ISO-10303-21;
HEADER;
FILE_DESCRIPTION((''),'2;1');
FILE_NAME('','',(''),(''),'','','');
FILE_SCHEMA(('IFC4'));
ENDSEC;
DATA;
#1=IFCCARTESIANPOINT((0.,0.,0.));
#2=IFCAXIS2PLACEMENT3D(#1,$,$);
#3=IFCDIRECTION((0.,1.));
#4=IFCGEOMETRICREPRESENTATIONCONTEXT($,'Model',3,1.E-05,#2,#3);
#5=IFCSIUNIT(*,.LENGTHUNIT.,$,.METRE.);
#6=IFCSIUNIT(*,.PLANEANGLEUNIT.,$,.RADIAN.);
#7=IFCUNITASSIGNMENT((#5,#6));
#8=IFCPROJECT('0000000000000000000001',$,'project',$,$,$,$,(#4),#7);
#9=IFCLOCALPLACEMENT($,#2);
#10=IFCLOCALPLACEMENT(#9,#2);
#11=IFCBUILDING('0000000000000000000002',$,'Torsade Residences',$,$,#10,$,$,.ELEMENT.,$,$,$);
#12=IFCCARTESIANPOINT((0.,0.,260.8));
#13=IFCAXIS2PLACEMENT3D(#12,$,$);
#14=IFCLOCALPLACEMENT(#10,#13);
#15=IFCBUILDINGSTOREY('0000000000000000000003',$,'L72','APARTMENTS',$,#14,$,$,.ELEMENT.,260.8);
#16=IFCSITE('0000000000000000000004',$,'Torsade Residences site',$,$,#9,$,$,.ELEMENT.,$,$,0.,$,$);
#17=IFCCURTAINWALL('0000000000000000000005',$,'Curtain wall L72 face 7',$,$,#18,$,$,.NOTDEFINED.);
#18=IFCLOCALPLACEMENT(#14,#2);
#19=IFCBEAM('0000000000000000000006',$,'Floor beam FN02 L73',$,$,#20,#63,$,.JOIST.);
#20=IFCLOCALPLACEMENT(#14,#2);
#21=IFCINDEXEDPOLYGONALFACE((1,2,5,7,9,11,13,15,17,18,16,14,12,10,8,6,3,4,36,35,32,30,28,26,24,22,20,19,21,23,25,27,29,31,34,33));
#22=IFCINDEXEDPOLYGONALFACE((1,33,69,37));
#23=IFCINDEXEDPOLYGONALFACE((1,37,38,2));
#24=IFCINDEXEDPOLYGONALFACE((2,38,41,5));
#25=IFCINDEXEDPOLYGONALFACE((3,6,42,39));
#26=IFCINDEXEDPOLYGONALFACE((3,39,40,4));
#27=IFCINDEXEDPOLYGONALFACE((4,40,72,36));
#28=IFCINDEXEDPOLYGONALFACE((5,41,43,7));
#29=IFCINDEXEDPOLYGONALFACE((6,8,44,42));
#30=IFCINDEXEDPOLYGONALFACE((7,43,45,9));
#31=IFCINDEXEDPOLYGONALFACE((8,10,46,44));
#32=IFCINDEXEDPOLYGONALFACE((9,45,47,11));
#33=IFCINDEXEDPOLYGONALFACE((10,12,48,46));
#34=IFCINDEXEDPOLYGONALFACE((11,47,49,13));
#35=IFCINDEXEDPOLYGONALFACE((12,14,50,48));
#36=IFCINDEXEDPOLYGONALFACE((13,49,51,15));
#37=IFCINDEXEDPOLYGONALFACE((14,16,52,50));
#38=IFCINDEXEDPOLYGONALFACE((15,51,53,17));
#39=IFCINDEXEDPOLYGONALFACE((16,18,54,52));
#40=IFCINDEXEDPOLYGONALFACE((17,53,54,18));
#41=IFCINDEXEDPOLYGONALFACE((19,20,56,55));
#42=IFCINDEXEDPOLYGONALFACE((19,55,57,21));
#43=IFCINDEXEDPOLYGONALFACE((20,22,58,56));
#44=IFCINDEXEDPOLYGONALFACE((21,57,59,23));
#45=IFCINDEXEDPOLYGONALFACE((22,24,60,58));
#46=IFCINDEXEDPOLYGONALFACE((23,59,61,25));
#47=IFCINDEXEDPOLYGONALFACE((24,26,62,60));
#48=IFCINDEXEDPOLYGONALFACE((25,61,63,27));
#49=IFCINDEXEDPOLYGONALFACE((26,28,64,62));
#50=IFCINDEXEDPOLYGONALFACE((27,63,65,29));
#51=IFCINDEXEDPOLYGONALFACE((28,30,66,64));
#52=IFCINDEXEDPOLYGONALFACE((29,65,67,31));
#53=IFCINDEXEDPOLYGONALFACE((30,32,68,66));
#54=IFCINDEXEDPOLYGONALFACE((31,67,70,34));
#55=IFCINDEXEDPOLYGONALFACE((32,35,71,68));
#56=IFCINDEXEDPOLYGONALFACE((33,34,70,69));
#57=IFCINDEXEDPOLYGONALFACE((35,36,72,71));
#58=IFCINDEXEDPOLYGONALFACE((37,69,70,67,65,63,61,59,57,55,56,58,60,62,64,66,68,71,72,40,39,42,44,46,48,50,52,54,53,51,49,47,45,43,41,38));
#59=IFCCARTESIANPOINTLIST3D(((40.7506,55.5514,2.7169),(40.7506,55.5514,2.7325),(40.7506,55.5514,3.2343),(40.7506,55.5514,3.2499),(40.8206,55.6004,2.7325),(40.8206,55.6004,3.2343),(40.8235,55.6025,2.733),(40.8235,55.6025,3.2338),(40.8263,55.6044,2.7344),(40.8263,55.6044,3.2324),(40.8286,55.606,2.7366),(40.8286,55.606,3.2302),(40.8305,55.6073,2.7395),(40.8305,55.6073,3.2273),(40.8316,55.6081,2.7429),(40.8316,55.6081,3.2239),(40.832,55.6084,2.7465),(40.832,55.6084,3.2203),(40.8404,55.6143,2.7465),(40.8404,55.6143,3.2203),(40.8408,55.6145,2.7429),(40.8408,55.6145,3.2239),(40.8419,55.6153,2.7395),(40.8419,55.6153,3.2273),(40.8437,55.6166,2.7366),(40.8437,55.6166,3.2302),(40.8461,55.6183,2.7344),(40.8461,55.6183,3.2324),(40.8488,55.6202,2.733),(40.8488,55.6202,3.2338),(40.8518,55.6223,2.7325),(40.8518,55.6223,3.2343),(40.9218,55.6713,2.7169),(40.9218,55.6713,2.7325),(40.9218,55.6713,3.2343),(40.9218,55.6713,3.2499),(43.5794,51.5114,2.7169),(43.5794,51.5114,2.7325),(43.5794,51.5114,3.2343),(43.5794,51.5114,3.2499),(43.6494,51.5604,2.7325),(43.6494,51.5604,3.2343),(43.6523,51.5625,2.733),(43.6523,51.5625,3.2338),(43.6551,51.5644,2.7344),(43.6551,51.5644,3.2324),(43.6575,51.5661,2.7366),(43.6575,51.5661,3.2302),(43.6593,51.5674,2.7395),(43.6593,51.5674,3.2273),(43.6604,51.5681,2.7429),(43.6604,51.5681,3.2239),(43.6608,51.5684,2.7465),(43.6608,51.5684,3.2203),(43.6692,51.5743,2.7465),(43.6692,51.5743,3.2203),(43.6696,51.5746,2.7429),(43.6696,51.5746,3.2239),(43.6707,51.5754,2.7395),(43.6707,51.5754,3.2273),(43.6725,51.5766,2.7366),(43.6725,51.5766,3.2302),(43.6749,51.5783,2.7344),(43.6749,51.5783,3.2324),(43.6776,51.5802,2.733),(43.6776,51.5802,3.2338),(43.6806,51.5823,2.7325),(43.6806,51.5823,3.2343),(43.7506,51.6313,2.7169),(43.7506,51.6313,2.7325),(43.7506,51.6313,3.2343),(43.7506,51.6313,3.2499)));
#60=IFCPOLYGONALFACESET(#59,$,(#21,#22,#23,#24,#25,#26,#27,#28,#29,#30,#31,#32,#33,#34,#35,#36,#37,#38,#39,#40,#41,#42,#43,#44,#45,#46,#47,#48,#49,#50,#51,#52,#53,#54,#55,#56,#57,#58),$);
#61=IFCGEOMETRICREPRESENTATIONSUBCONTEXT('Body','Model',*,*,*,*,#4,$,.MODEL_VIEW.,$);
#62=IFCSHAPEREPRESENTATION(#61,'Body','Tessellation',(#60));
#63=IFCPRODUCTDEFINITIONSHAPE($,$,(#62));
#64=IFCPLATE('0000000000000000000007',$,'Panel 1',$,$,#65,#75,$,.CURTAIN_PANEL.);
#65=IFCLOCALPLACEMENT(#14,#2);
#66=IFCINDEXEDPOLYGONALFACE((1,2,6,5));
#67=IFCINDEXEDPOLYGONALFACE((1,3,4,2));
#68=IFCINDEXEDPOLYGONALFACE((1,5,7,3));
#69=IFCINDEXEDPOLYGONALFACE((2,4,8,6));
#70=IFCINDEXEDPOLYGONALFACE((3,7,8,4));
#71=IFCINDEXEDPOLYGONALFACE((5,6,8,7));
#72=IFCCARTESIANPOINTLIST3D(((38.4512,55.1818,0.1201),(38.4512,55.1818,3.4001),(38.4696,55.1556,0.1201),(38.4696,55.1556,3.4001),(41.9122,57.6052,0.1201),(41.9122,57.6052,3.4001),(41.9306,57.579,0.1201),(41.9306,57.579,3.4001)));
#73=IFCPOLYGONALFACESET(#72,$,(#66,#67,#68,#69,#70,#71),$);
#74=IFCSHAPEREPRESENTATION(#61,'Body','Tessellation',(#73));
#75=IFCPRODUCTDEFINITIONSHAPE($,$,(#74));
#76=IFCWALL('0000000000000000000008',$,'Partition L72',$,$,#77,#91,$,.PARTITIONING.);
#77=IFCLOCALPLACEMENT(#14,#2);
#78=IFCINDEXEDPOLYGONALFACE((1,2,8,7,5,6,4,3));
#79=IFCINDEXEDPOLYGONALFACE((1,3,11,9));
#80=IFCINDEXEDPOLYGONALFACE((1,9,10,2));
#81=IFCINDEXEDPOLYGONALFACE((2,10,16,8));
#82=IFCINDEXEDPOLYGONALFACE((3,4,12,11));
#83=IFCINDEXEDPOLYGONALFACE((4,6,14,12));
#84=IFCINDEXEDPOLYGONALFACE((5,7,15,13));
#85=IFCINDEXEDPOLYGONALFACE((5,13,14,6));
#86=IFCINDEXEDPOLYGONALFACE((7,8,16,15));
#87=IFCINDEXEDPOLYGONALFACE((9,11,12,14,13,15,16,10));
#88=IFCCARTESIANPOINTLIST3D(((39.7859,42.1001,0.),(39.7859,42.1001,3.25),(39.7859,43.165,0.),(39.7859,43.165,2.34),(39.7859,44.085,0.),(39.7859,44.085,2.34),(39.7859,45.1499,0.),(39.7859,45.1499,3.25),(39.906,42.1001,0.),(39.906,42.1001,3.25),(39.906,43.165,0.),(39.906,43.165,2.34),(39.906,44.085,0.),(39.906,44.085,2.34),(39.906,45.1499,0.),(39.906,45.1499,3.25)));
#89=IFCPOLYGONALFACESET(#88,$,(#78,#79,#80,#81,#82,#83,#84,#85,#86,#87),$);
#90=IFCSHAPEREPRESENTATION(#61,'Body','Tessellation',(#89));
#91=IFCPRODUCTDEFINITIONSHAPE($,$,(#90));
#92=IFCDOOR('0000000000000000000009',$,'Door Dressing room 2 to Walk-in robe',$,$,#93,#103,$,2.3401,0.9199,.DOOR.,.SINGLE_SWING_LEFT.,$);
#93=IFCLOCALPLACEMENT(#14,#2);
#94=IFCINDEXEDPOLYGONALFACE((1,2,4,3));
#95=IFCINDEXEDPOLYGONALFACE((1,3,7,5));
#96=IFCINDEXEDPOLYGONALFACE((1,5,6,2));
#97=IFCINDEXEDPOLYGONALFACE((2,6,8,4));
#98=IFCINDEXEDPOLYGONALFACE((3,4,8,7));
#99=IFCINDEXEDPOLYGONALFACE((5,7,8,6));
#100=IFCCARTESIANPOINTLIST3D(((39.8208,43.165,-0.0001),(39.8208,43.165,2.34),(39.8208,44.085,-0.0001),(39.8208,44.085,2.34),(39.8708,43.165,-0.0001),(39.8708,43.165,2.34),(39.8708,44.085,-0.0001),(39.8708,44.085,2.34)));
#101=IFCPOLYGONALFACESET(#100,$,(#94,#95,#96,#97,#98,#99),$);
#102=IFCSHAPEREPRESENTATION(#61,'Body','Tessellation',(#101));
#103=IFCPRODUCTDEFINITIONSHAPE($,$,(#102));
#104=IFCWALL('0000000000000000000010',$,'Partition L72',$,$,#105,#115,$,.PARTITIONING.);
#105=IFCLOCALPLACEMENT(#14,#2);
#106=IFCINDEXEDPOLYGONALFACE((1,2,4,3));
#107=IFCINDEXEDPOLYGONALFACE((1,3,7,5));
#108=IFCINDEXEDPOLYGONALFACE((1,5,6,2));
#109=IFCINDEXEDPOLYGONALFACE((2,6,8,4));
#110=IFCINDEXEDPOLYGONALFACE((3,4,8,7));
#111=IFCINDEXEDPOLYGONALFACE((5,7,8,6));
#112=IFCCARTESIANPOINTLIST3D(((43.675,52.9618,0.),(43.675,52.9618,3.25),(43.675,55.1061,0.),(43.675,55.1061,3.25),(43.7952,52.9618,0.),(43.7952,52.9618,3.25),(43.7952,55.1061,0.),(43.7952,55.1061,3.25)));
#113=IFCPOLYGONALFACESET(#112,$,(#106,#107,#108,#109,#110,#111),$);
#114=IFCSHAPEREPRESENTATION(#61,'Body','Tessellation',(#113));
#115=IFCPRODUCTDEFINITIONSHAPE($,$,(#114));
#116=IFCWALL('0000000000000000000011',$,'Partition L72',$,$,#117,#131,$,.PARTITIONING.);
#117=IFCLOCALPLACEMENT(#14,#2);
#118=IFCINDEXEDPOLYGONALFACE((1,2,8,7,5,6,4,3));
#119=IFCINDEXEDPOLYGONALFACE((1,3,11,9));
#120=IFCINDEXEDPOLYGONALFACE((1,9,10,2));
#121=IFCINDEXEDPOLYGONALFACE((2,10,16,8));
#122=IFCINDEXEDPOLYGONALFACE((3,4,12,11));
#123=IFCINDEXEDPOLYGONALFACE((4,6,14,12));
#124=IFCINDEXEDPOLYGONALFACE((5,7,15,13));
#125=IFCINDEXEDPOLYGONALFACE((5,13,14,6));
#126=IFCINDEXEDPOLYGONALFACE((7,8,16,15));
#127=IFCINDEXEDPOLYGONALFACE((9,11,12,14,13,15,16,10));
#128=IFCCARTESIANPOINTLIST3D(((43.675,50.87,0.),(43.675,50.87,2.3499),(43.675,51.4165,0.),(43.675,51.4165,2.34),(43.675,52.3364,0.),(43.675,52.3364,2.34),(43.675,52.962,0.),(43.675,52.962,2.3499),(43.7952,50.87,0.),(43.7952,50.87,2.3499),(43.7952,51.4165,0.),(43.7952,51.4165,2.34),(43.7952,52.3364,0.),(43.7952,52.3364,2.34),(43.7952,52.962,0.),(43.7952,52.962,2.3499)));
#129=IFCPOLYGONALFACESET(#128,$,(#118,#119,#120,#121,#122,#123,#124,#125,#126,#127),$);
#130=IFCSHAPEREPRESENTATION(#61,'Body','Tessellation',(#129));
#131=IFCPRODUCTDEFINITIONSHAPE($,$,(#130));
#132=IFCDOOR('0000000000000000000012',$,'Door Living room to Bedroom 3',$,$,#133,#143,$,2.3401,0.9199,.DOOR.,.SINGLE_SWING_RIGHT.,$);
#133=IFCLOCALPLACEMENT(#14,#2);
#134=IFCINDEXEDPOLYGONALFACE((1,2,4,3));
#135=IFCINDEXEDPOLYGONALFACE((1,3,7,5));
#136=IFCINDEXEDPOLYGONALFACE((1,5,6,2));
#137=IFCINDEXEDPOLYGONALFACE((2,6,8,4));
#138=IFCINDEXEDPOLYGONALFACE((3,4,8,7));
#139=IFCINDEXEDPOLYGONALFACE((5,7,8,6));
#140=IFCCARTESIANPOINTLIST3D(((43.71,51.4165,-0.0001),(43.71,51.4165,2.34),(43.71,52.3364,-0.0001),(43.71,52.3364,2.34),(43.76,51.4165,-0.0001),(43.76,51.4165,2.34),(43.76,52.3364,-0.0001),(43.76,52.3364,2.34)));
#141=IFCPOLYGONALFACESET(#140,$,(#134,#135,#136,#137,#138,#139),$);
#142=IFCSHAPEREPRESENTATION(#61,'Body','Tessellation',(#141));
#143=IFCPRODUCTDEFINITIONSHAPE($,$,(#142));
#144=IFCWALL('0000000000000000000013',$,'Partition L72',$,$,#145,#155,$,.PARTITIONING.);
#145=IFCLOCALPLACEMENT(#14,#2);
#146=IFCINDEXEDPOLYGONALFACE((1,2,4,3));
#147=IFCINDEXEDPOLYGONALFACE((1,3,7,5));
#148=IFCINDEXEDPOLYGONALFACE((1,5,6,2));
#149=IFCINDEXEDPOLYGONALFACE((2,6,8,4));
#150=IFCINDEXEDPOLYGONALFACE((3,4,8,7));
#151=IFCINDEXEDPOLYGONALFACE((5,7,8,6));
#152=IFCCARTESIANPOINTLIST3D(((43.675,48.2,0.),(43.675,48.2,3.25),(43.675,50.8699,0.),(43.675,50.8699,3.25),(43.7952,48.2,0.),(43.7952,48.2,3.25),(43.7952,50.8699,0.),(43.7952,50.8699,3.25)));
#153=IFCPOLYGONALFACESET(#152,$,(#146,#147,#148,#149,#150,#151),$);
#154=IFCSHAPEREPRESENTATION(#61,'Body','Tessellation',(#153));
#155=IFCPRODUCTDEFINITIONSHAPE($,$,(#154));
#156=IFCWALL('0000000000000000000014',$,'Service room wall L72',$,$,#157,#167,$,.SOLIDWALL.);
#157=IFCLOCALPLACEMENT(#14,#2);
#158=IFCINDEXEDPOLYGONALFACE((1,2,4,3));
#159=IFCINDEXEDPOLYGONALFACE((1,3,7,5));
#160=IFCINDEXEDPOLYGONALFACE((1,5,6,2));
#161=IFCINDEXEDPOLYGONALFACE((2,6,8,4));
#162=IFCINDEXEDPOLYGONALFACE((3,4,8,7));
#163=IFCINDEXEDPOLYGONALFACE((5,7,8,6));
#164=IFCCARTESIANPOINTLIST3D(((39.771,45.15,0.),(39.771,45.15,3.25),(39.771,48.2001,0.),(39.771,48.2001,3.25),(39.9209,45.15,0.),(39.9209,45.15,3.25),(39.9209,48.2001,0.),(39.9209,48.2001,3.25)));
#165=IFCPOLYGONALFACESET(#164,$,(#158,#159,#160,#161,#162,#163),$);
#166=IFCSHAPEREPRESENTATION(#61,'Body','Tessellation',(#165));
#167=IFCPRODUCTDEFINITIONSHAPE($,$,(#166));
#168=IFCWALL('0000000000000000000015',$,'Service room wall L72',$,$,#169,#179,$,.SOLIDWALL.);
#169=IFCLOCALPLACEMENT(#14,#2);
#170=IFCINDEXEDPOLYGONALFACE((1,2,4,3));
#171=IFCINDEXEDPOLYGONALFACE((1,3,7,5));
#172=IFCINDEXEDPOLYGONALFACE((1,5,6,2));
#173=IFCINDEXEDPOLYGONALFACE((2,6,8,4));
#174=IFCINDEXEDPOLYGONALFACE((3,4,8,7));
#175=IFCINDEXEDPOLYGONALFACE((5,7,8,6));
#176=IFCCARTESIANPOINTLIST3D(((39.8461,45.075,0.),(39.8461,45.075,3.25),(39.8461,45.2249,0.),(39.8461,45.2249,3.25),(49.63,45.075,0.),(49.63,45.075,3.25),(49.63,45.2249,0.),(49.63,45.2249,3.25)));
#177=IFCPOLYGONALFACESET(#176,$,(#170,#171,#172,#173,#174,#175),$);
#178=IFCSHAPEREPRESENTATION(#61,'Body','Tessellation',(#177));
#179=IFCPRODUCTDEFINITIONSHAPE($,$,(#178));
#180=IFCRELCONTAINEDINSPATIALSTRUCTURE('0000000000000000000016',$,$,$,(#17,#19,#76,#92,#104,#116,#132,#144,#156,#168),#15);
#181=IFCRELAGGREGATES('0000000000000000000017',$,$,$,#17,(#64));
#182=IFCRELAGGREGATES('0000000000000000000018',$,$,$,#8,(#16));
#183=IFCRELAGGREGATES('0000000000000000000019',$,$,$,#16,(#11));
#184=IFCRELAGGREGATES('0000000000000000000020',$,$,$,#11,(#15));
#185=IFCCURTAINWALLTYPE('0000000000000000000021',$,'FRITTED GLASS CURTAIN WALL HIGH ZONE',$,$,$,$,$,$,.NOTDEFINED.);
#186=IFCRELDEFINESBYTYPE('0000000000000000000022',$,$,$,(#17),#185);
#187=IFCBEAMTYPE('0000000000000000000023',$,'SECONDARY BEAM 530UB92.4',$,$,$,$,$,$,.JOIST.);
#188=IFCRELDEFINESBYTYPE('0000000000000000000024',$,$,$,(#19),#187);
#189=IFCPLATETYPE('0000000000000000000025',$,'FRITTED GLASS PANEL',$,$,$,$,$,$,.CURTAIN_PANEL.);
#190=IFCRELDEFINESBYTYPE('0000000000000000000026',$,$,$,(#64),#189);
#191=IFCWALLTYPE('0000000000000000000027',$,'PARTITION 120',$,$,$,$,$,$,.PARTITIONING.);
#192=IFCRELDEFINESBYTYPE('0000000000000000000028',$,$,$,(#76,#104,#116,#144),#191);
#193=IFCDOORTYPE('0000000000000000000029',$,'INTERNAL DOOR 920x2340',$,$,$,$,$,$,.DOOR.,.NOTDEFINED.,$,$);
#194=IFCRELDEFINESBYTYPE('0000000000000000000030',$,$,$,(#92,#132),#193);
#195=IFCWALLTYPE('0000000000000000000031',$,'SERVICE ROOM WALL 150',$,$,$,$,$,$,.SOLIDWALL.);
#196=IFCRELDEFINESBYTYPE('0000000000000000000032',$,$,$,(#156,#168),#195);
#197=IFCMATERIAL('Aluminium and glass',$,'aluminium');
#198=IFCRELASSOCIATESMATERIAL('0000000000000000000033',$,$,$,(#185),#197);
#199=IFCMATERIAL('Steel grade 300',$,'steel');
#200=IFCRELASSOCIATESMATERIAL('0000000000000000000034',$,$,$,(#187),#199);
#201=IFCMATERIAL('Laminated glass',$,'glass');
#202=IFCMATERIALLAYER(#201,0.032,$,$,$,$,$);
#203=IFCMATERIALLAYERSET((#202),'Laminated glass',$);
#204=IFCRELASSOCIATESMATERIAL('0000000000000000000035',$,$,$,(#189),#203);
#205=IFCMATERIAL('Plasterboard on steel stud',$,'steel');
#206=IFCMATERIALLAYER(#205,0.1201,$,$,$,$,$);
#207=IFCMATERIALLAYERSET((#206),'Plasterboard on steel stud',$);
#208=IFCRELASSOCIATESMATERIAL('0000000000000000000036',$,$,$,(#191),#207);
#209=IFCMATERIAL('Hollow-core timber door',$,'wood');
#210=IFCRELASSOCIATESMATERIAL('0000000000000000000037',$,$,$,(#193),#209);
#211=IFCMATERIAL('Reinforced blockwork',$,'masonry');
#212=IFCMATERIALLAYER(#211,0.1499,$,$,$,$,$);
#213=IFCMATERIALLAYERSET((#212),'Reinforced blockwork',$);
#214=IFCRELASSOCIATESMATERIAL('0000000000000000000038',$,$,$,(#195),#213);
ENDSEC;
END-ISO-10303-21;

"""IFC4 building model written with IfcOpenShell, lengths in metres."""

from ifc_helpers import new_model, si_unit, direction, frame, frame_2d, origin, origin_2d, place, context, subcontext, project, spatial, rectangle, i_section, extrude, material, layer, layer_set, material_profile, profile_set, type_object, element, fill, aggregate, save


model = new_model("IFC4")

# Units and contexts
model_context = context("Model", 3, precision=1e-05, world=origin(), true_north=direction((0.0, 1.0)))
body_context = subcontext(model_context, "Body", "Model", "MODEL_VIEW")
ifc_project = project(units=[si_unit("LENGTHUNIT", "METRE"), si_unit("PLANEANGLEUNIT", "RADIAN")], contexts=[model_context])

# Site, building, storey
site_placement = place(None, origin())
site = spatial("IfcSite", under=ifc_project, at=site_placement, Name="Torsade Residences site", CompositionType="ELEMENT", RefElevation=0.0)
building_placement = place(site_placement, origin())
building = spatial("IfcBuilding", under=site, at=building_placement, Name="Torsade Residences", CompositionType="ELEMENT")
storey_placement = place(building_placement, frame((0.0, 0.0, 260.8)))
storey = spatial("IfcBuildingStorey", under=building, at=storey_placement, Name="L72", Description="APARTMENTS", CompositionType="ELEMENT", Elevation=260.8)

# Shared definitions
ifc_material_1 = material(Name="Aluminium and glass", Category="aluminium")
curtain_wall_type = type_object("IfcCurtainWallType", Name="FRITTED GLASS CURTAIN WALL HIGH ZONE", PredefinedType="NOTDEFINED", material=ifc_material_1)

# Curtain wall
curtain_wall_1_placement = place(storey_placement, origin())
curtain_wall_1 = element("IfcCurtainWall", 1, at=curtain_wall_1_placement, inside=storey, type_object=curtain_wall_type, Name="Curtain wall L72 face 7", PredefinedType="NOTDEFINED")

# Beam
ifc_material_2 = material(Name="Steel grade 300", Category="steel")
ifc_material_profile_1 = material_profile(ifc_material_2, i_section(OverallWidth=0.209, OverallDepth=0.533, WebThickness=0.0103, FlangeThickness=0.0156, FilletRadius=0.0139, at=origin_2d()), Name="530UB92.4")
ifc_profile_set_1 = profile_set([ifc_material_profile_1], Name="Steel grade 300")
beam_type_1 = type_object("IfcBeamType", Name="SECONDARY BEAM 530UB92.4", PredefinedType="JOIST", material=ifc_profile_set_1)
beam_1_placement = place(storey_placement, frame((40.8362, 55.6113, 2.9834), z_axis=(0.573575, -0.819153, 0.0), x_axis=(0.819153, 0.573575, 0.0)))
element("IfcBeam", 2, at=beam_1_placement, inside=storey, type_object=beam_type_1, Name="Floor beam FN02 L73", PredefinedType="JOIST", context=body_context, shape_type="SweptSolid", body=[
    extrude(i_section(OverallWidth=0.209, OverallDepth=0.533, WebThickness=0.0103, FlangeThickness=0.0156, FilletRadius=0.0139, at=origin_2d()), origin(), (0.0, 0.0, 1.0), 4.9319),
])

# Plate
ifc_material_3 = material(Name="Laminated glass", Category="glass")
ifc_layer_1 = layer(ifc_material_3, 0.032)
ifc_layer_set_1 = layer_set([ifc_layer_1], Name="Laminated glass")
plate_type = type_object("IfcPlateType", Name="FRITTED GLASS PANEL", PredefinedType="CURTAIN_PANEL", material=ifc_layer_set_1)
plate_placement = place(storey_placement, frame((40.1909, 56.3804, 0.1201), z_axis=(0.0, 0.0, 1.0), x_axis=(-0.819152, -0.573576, 0.0)))
plate = element("IfcPlate", 3, at=plate_placement, type_object=plate_type, Name="Panel 1", PredefinedType="CURTAIN_PANEL", context=body_context, shape_type="SweptSolid", body=[
    extrude(rectangle(XDim=4.2251, YDim=0.032, at=origin_2d()), origin(), (0.0, 0.0, 1.0), 3.28),
])
aggregate(curtain_wall_1, [plate])

# Wall, opening, door
ifc_material_4 = material(Name="Plasterboard on steel stud", Category="steel")
ifc_layer_2 = layer(ifc_material_4, 0.1201)
ifc_layer_set_2 = layer_set([ifc_layer_2], Name="Plasterboard on steel stud")
wall_type_1 = type_object("IfcWallType", Name="PARTITION 120", PredefinedType="PARTITIONING", material=ifc_layer_set_2)
wall_1_placement = place(storey_placement, frame((39.8459, 45.1499, 0.0), z_axis=(0.0, 0.0, 1.0), x_axis=(0.0, -1.0, 0.0)))
wall_1 = element("IfcWall", 4, at=wall_1_placement, inside=storey, type_object=wall_type_1, Name="Partition L72", PredefinedType="PARTITIONING", context=body_context, shape_type="SweptSolid", body=[
    extrude(rectangle(XDim=3.0498, YDim=0.1201, at=frame_2d((1.5249, 0.0))), origin(), (0.0, 0.0, 1.0), 3.25),
])
opening_1_placement = place(wall_1_placement, frame((1.0649, 0.0, 0.0)))
opening_1 = element("IfcOpeningElement", 5, at=opening_1_placement, cuts=wall_1, PredefinedType="OPENING", context=body_context, shape_type="SweptSolid", body=[
    extrude(rectangle(XDim=0.9199, YDim=2.3401, at=frame_2d((0.46, 1.1699))), frame((0.0, 0.0701, 0.0), z_axis=(0.0, -1.0, 0.0), x_axis=(1.0, 0.0, 0.0)), (0.0, 0.0, 1.0), 0.1401),
])
ifc_material_5 = material(Name="Hollow-core timber door", Category="wood")
door_type_1 = type_object("IfcDoorType", Name="INTERNAL DOOR 920x2340", OperationType="NOTDEFINED", PredefinedType="DOOR", material=ifc_material_5)
door_1_placement = place(opening_1_placement, origin())
door_1 = element("IfcDoor", 6, at=door_1_placement, inside=storey, type_object=door_type_1, Name="Door Dressing room 2 to Walk-in robe", OperationType="SINGLE_SWING_LEFT", OverallHeight=2.3401, OverallWidth=0.9199, PredefinedType="DOOR", context=body_context, shape_type="SweptSolid", body=[
    extrude(rectangle(XDim=0.9199, YDim=2.3401, at=frame_2d((0.46, 1.1699))), frame((0.0, 0.0249, 0.0), z_axis=(0.0, -1.0, 0.0), x_axis=(1.0, 0.0, 0.0)), (0.0, 0.0, 1.0), 0.05),
])
fill(opening_1, door_1)

# Wall
wall_2_placement = place(storey_placement, frame((43.7351, 55.1062, 0.0), z_axis=(0.0, 0.0, 1.0), x_axis=(0.0, -1.0, 0.0)))
element("IfcWall", 7, at=wall_2_placement, inside=storey, type_object=wall_type_1, Name="Partition L72", PredefinedType="PARTITIONING", context=body_context, shape_type="SweptSolid", body=[
    extrude(rectangle(XDim=2.1443, YDim=0.1201, at=frame_2d((1.0723, 0.0))), origin(), (0.0, 0.0, 1.0), 3.25),
])

# Wall, opening, door
wall_3_placement = place(storey_placement, frame((43.7351, 52.9619, 0.0), z_axis=(0.0, 0.0, 1.0), x_axis=(0.0, -1.0, 0.0)))
wall_3 = element("IfcWall", 8, at=wall_3_placement, inside=storey, type_object=wall_type_1, Name="Partition L72", PredefinedType="PARTITIONING", context=body_context, shape_type="SweptSolid", body=[
    extrude(rectangle(XDim=2.092, YDim=0.1201, at=frame_2d((1.0459, 0.0))), origin(), (0.0, 0.0, 1.0), 2.3499),
])
opening_2_placement = place(wall_3_placement, frame((0.6255, 0.0, 0.0)))
opening_2 = element("IfcOpeningElement", 9, at=opening_2_placement, cuts=wall_3, PredefinedType="OPENING", context=body_context, shape_type="SweptSolid", body=[
    extrude(rectangle(XDim=0.9199, YDim=2.3401, at=frame_2d((0.46, 1.1699))), frame((0.0, 0.0701, 0.0), z_axis=(0.0, -1.0, 0.0), x_axis=(1.0, 0.0, 0.0)), (0.0, 0.0, 1.0), 0.1401),
])
door_2_placement = place(opening_2_placement, origin())
door_2 = element("IfcDoor", 10, at=door_2_placement, inside=storey, type_object=door_type_1, Name="Door Living room to Bedroom 3", OperationType="SINGLE_SWING_RIGHT", OverallHeight=2.3401, OverallWidth=0.9199, PredefinedType="DOOR", context=body_context, shape_type="SweptSolid", body=[
    extrude(rectangle(XDim=0.9199, YDim=2.3401, at=frame_2d((0.46, 1.1699))), frame((0.0, 0.0249, 0.0), z_axis=(0.0, -1.0, 0.0), x_axis=(1.0, 0.0, 0.0)), (0.0, 0.0, 1.0), 0.05),
])
fill(opening_2, door_2)

# Walls
wall_4_placement = place(storey_placement, frame((43.7351, 50.8699, 0.0), z_axis=(0.0, 0.0, 1.0), x_axis=(0.0, -1.0, 0.0)))
element("IfcWall", 11, at=wall_4_placement, inside=storey, type_object=wall_type_1, Name="Partition L72", PredefinedType="PARTITIONING", context=body_context, shape_type="SweptSolid", body=[
    extrude(rectangle(XDim=2.6699, YDim=0.1201, at=frame_2d((1.335, 0.0))), origin(), (0.0, 0.0, 1.0), 3.25),
])
ifc_material_6 = material(Name="Reinforced blockwork", Category="masonry")
ifc_layer_3 = layer(ifc_material_6, 0.1499)
ifc_layer_set_3 = layer_set([ifc_layer_3], Name="Reinforced blockwork")
wall_type_2 = type_object("IfcWallType", Name="SERVICE ROOM WALL 150", PredefinedType="SOLIDWALL", material=ifc_layer_set_3)
wall_5_placement = place(storey_placement, frame((39.8459, 48.2, 0.0), z_axis=(0.0, 0.0, 1.0), x_axis=(0.0, -1.0, 0.0)))
element("IfcWall", 12, at=wall_5_placement, inside=storey, type_object=wall_type_2, Name="Service room wall L72", PredefinedType="SOLIDWALL", context=body_context, shape_type="SweptSolid", body=[
    extrude(rectangle(XDim=3.05, YDim=0.1499, at=frame_2d((1.5249, 0.0))), origin(), (0.0, 0.0, 1.0), 3.25),
])
wall_6_placement = place(storey_placement, frame((39.8459, 45.1499, 0.0), z_axis=(0.0, 0.0, 1.0), x_axis=(1.0, 0.0, 0.0)))
element("IfcWall", 13, at=wall_6_placement, inside=storey, type_object=wall_type_2, Name="Service room wall L72", PredefinedType="SOLIDWALL", context=body_context, shape_type="SweptSolid", body=[
    extrude(rectangle(XDim=9.7839, YDim=0.1499, at=frame_2d((4.8921, 0.0))), origin(), (0.0, 0.0, 1.0), 3.25),
])

save(model, "model.ifc")
